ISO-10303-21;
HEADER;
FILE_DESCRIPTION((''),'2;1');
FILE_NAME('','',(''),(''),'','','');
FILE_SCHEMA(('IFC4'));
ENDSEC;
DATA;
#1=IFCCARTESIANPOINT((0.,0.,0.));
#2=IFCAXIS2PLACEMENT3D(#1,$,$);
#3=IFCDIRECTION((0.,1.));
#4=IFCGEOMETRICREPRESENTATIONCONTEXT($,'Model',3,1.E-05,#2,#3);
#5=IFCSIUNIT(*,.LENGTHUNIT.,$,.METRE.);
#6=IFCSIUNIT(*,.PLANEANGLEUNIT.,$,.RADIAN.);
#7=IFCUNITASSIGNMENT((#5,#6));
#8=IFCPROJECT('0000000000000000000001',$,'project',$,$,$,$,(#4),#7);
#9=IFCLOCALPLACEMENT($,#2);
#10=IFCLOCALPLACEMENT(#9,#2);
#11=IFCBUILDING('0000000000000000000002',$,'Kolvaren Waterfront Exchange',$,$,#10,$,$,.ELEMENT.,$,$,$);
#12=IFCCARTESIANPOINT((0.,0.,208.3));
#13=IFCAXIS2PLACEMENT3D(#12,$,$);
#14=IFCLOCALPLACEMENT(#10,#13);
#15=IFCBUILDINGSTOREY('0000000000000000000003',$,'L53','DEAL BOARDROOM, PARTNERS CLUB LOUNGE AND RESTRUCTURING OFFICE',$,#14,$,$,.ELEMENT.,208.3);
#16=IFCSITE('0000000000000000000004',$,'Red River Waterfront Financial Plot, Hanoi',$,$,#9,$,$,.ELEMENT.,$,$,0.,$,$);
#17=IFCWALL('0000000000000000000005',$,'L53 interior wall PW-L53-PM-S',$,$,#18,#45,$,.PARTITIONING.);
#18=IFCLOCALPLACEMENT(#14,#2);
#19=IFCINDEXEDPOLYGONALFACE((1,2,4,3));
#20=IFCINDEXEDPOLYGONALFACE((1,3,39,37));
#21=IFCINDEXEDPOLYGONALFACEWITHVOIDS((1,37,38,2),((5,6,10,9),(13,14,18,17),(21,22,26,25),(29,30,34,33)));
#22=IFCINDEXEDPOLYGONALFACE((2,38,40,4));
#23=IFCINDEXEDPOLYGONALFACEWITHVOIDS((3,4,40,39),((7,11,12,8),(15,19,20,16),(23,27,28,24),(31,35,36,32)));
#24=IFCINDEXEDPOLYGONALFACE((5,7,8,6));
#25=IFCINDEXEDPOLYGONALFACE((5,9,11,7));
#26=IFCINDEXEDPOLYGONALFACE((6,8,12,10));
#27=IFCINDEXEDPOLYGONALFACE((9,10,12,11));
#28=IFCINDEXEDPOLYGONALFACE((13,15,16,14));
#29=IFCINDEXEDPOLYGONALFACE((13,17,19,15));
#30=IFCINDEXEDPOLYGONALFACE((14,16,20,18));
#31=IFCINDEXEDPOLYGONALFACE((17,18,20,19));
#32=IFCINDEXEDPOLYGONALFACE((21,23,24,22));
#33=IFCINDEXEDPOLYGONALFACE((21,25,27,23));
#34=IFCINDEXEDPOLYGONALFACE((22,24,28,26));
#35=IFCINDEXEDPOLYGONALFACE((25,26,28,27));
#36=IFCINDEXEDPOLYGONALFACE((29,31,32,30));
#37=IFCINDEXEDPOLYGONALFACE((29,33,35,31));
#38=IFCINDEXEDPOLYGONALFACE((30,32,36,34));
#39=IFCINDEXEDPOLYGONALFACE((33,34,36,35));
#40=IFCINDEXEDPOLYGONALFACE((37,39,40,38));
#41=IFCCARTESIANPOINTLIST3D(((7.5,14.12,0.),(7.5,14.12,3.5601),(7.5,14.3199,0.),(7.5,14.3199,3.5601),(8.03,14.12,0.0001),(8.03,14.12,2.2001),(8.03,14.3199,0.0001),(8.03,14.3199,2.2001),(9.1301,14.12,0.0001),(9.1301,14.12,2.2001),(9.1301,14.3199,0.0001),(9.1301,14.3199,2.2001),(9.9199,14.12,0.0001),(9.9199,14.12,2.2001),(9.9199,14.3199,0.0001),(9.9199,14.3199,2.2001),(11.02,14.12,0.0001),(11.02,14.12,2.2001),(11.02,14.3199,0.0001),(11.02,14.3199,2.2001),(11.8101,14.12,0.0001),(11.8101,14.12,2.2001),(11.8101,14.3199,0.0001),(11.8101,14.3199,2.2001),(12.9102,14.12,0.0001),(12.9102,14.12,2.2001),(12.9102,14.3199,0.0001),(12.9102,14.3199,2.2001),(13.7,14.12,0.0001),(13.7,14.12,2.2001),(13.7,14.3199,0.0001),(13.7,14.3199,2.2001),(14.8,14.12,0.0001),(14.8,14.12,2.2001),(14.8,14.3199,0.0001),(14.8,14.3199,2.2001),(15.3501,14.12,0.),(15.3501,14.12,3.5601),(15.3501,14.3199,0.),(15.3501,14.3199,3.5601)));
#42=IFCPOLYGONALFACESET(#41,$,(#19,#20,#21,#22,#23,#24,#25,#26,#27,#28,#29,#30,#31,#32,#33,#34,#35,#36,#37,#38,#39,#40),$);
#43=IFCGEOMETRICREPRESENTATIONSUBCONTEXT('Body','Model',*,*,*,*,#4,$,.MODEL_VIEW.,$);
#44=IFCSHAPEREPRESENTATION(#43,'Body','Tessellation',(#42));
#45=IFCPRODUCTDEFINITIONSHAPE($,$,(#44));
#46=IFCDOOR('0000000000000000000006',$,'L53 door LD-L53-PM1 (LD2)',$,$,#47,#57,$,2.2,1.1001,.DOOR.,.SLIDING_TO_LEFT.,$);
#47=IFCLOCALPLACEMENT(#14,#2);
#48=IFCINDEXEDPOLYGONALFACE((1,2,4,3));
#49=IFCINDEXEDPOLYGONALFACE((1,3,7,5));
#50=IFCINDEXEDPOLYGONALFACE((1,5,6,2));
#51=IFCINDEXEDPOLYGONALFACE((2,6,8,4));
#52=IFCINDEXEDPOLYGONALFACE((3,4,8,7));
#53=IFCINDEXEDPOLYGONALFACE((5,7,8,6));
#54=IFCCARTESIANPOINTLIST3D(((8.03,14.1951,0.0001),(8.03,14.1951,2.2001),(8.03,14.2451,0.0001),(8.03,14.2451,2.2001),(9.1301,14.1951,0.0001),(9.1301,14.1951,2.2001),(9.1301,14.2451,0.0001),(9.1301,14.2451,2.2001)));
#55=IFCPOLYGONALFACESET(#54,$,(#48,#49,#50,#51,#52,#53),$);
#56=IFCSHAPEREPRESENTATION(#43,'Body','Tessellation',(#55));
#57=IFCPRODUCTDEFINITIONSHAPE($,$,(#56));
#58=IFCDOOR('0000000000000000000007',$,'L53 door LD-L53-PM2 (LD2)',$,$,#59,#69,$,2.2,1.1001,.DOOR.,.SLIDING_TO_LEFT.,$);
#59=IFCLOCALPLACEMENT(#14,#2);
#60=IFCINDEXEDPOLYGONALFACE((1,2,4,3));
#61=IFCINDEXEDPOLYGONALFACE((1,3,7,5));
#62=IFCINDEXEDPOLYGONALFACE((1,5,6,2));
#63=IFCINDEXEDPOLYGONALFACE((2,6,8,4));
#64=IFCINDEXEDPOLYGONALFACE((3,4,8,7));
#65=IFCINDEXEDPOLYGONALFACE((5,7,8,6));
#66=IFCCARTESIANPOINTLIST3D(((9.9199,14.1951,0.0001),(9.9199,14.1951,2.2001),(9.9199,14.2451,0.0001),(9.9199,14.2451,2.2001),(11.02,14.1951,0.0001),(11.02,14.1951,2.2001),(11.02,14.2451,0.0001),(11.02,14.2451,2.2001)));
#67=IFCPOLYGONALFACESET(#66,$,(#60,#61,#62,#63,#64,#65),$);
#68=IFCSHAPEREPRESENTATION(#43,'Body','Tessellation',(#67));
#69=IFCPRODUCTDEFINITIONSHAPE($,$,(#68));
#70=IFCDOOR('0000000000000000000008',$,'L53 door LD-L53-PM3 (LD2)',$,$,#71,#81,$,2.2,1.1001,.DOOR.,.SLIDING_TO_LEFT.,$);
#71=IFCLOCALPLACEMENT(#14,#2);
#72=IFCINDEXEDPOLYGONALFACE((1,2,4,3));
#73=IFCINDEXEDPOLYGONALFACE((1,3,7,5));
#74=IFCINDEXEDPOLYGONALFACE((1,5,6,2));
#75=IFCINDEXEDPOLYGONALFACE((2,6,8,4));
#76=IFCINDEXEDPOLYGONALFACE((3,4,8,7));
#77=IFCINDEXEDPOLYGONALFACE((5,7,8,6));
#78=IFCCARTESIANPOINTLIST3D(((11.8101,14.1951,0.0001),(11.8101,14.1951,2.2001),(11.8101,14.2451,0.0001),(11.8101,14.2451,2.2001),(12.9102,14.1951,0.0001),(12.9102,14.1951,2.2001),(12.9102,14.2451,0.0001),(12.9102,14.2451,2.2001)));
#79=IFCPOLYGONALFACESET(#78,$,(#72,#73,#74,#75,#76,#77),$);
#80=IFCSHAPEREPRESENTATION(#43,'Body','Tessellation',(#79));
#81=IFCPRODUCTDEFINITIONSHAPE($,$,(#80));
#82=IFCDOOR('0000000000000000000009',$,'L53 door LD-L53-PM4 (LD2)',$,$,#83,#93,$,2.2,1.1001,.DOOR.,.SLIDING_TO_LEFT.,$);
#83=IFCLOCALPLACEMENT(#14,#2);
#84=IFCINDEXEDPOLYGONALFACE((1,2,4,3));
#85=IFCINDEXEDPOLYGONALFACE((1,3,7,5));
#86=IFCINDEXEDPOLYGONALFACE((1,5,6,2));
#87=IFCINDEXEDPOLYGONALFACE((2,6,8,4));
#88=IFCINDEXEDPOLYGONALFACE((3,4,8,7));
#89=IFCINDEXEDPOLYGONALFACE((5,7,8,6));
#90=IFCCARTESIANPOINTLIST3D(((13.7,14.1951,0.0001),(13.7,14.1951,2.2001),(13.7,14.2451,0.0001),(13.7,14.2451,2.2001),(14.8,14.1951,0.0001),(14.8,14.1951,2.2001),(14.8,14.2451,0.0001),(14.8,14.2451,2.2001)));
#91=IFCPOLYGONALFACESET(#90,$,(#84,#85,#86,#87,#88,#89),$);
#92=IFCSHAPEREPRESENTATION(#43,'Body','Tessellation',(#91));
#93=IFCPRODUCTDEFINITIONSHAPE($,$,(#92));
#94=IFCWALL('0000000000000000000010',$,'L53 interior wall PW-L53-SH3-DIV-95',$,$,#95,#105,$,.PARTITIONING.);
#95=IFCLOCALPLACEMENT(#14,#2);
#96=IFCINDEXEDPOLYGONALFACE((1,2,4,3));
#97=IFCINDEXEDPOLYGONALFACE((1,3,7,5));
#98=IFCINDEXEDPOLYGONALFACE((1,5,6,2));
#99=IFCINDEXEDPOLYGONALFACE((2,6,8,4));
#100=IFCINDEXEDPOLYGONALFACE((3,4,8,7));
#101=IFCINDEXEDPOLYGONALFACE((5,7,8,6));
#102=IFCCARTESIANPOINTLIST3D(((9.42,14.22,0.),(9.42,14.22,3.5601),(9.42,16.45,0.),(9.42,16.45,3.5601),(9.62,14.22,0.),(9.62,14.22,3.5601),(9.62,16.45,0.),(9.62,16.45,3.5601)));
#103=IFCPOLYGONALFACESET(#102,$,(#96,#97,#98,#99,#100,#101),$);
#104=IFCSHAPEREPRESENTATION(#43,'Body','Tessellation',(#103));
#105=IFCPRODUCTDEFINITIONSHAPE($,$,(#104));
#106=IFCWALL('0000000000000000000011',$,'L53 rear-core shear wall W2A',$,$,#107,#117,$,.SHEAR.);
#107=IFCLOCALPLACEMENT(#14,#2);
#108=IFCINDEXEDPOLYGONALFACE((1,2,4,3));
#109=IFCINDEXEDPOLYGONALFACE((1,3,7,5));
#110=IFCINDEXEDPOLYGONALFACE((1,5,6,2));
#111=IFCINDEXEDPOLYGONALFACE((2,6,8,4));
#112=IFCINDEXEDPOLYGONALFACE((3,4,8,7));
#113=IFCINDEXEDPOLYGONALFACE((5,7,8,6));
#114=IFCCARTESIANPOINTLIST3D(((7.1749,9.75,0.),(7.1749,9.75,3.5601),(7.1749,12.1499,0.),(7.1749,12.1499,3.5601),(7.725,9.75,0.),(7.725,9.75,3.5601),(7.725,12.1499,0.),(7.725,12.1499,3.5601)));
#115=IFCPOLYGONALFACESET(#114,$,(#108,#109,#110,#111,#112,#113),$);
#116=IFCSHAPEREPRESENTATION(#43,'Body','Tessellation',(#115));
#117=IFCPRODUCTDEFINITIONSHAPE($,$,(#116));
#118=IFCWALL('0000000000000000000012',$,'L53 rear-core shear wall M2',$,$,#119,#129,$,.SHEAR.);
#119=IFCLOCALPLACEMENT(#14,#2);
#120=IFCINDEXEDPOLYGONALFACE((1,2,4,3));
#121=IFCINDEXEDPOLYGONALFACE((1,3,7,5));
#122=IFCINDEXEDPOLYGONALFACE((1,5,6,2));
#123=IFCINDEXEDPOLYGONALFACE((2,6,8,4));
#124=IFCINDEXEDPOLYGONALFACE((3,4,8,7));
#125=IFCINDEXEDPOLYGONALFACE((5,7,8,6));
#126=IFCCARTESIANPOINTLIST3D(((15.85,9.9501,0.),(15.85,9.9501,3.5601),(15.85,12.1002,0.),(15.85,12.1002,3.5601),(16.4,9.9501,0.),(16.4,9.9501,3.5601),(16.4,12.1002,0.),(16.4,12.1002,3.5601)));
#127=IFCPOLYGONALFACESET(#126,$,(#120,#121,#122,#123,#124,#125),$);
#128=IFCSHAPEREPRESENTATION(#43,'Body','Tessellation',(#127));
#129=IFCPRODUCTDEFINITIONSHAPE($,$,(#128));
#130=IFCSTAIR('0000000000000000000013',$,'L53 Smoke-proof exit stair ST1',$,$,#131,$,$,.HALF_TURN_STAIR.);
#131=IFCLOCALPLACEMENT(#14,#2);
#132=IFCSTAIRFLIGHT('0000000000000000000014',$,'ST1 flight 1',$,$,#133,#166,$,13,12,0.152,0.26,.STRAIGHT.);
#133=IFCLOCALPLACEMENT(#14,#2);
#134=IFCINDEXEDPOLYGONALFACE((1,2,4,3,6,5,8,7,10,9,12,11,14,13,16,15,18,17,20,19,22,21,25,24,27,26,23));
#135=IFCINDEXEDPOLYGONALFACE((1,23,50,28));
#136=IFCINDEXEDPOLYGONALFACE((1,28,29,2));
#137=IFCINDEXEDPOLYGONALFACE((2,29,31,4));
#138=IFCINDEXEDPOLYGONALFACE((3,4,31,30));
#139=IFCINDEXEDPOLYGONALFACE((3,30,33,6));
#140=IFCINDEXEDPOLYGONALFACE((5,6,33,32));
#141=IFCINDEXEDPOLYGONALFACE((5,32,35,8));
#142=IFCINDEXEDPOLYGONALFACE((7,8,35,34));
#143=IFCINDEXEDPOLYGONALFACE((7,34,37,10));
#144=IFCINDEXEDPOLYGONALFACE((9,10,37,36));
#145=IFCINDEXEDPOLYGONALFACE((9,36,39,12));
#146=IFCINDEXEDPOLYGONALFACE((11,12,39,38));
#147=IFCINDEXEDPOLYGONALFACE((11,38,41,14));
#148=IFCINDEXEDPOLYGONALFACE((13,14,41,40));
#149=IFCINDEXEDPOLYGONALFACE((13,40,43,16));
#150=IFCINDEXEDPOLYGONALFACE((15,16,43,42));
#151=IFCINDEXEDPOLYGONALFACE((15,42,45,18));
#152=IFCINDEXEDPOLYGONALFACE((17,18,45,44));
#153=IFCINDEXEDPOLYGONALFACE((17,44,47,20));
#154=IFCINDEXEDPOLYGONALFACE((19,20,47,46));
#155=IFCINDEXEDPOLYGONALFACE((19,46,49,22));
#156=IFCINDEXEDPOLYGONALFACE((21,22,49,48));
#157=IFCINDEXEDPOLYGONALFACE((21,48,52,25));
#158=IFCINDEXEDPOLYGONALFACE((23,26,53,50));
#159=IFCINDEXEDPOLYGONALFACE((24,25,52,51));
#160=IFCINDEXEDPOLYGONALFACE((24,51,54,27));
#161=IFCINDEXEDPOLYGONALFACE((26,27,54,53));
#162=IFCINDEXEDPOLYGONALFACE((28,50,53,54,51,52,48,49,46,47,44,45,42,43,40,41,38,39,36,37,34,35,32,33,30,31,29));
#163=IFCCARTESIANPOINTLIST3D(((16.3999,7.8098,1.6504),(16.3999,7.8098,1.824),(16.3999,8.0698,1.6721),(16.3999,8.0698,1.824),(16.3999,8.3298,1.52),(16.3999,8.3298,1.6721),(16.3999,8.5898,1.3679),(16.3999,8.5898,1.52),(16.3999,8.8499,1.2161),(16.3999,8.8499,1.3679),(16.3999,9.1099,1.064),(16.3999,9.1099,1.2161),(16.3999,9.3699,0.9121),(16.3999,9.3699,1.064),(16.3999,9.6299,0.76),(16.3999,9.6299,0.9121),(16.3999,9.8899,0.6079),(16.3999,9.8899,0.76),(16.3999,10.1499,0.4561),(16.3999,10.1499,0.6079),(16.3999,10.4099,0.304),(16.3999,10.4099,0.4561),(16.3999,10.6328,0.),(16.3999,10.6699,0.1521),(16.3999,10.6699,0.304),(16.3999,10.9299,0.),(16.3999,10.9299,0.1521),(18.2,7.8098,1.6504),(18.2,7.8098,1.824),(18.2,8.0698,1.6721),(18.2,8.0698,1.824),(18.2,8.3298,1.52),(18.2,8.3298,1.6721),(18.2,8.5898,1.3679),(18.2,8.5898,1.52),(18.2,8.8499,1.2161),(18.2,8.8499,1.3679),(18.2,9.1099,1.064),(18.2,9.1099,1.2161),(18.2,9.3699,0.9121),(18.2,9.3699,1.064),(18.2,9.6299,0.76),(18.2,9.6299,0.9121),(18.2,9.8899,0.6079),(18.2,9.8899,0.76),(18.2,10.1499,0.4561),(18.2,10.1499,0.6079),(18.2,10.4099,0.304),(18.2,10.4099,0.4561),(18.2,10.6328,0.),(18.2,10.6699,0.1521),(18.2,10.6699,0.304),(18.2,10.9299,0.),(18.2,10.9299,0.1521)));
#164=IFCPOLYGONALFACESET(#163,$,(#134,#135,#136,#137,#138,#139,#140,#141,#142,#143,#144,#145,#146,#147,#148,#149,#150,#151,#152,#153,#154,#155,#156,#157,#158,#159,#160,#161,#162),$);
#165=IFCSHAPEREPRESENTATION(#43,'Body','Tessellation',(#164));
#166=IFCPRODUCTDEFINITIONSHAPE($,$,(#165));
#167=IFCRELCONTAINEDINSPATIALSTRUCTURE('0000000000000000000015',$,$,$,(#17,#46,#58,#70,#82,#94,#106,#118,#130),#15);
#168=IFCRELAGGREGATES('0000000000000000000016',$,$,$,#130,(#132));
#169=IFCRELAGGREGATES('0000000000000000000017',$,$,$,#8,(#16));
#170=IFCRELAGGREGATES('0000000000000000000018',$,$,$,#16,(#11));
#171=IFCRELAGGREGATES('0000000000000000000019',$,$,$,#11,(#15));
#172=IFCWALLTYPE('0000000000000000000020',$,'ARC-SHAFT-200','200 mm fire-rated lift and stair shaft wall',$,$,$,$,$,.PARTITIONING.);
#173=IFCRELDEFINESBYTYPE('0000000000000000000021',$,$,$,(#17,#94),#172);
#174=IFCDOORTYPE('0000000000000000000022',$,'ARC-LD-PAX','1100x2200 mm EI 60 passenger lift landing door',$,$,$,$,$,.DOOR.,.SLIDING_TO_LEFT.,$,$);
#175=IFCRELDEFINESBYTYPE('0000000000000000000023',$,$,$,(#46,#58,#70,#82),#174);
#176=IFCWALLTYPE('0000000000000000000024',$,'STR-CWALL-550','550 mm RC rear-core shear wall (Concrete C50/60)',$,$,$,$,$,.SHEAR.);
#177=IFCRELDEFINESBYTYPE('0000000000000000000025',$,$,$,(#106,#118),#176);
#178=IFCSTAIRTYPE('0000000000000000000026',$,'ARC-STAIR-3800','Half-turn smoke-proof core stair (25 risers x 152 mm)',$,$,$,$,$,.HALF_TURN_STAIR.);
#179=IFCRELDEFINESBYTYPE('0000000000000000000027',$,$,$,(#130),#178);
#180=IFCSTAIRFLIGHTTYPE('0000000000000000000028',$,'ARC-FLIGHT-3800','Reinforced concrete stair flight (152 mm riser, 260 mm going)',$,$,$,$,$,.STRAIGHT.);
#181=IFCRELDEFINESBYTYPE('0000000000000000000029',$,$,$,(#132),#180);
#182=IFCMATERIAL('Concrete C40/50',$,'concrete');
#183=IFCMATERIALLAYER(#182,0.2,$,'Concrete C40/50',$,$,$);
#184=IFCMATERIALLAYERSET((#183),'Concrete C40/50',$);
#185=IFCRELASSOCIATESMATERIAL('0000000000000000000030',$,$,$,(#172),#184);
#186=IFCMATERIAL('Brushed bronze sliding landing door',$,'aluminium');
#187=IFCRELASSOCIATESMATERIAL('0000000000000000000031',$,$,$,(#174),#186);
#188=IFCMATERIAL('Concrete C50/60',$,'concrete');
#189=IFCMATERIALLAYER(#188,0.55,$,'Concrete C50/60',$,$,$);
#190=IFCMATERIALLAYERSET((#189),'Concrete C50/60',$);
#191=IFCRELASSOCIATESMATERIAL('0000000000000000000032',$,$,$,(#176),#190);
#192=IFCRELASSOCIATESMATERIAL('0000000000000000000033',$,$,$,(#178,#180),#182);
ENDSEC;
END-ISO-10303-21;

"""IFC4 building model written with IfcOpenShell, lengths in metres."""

from ifc_helpers import new_model, si_unit, direction, frame, frame_2d, origin, place, context, subcontext, project, spatial, polyline, rectangle, outline, extrude, material, layer, layer_set, type_object, element, fill, aggregate, save


model = new_model("IFC4")

# Units and contexts
model_context = context("Model", 3, precision=1e-05, world=origin(), true_north=direction((0.0, 1.0)))
body_context = subcontext(model_context, "Body", "Model", "MODEL_VIEW")
ifc_project = project(units=[si_unit("LENGTHUNIT", "METRE"), si_unit("PLANEANGLEUNIT", "RADIAN")], contexts=[model_context])

# Site, building, storey
site_placement = place(None, origin())
site = spatial("IfcSite", under=ifc_project, at=site_placement, Name="Red River Waterfront Financial Plot, Hanoi", CompositionType="ELEMENT", RefElevation=0.0)
building_placement = place(site_placement, origin())
building = spatial("IfcBuilding", under=site, at=building_placement, Name="Kolvaren Waterfront Exchange", CompositionType="ELEMENT")
storey_placement = place(building_placement, frame((0.0, 0.0, 208.3)))
storey = spatial("IfcBuildingStorey", under=building, at=storey_placement, Name="L53", Description="DEAL BOARDROOM, PARTNERS CLUB LOUNGE AND RESTRUCTURING OFFICE", CompositionType="ELEMENT", Elevation=208.3)

# Wall, openings, doors
ifc_material_1 = material(Name="Concrete C40/50", Category="concrete")
ifc_layer_1 = layer(ifc_material_1, 0.2, Name="Concrete C40/50")
ifc_layer_set_1 = layer_set([ifc_layer_1], Name="Concrete C40/50")
wall_type_1 = type_object("IfcWallType", Name="ARC-SHAFT-200", Description="200 mm fire-rated lift and stair shaft wall", PredefinedType="PARTITIONING", material=ifc_layer_set_1)
wall_1_placement = place(storey_placement, frame((7.5, 14.22, 0.0), z_axis=(0.0, 0.0, 1.0), x_axis=(1.0, 0.0, 0.0)))
wall_1 = element("IfcWall", 1, at=wall_1_placement, inside=storey, type_object=wall_type_1, Name="L53 interior wall PW-L53-PM-S", PredefinedType="PARTITIONING", context=body_context, shape_type="SweptSolid", body=[
    extrude(rectangle(XDim=7.8501, YDim=0.2, at=frame_2d((3.925, 0.0))), origin(), (0.0, 0.0, 1.0), 3.5601),
])
opening_1_placement = place(wall_1_placement, frame((0.53, 0.0, 0.0)))
opening_1 = element("IfcOpeningElement", 2, at=opening_1_placement, cuts=wall_1, PredefinedType="OPENING", context=body_context, shape_type="SweptSolid", body=[
    extrude(rectangle(XDim=1.1001, YDim=2.2, at=frame_2d((0.55, 1.1001))), frame((0.0, 0.1099, 0.0), z_axis=(0.0, -1.0, 0.0), x_axis=(1.0, 0.0, 0.0)), (0.0, 0.0, 1.0), 0.22),
])
opening_2_placement = place(wall_1_placement, frame((2.4199, 0.0, 0.0)))
opening_2 = element("IfcOpeningElement", 3, at=opening_2_placement, cuts=wall_1, PredefinedType="OPENING", context=body_context, shape_type="SweptSolid", body=[
    extrude(rectangle(XDim=1.1001, YDim=2.2, at=frame_2d((0.55, 1.1001))), frame((0.0, 0.1099, 0.0), z_axis=(0.0, -1.0, 0.0), x_axis=(1.0, 0.0, 0.0)), (0.0, 0.0, 1.0), 0.22),
])
opening_3_placement = place(wall_1_placement, frame((4.3101, 0.0, 0.0)))
opening_3 = element("IfcOpeningElement", 4, at=opening_3_placement, cuts=wall_1, PredefinedType="OPENING", context=body_context, shape_type="SweptSolid", body=[
    extrude(rectangle(XDim=1.1001, YDim=2.2, at=frame_2d((0.55, 1.1001))), frame((0.0, 0.1099, 0.0), z_axis=(0.0, -1.0, 0.0), x_axis=(1.0, 0.0, 0.0)), (0.0, 0.0, 1.0), 0.22),
])
opening_4_placement = place(wall_1_placement, frame((6.2, 0.0, 0.0)))
opening_4 = element("IfcOpeningElement", 5, at=opening_4_placement, cuts=wall_1, PredefinedType="OPENING", context=body_context, shape_type="SweptSolid", body=[
    extrude(rectangle(XDim=1.1001, YDim=2.2, at=frame_2d((0.55, 1.1001))), frame((0.0, 0.1099, 0.0), z_axis=(0.0, -1.0, 0.0), x_axis=(1.0, 0.0, 0.0)), (0.0, 0.0, 1.0), 0.22),
])
ifc_material_2 = material(Name="Brushed bronze sliding landing door", Category="aluminium")
door_type_1 = type_object("IfcDoorType", Name="ARC-LD-PAX", Description="1100x2200 mm EI 60 passenger lift landing door", OperationType="SLIDING_TO_LEFT", PredefinedType="DOOR", material=ifc_material_2)
door_1_placement = place(opening_1_placement, frame((1.1001, 0.0, 0.0), z_axis=(0.0, 0.0, 1.0), x_axis=(-1.0, 0.0, 0.0)))
door_1 = element("IfcDoor", 6, at=door_1_placement, inside=storey, type_object=door_type_1, Name="L53 door LD-L53-PM1 (LD2)", OperationType="SLIDING_TO_LEFT", OverallHeight=2.2, OverallWidth=1.1001, PredefinedType="DOOR", context=body_context, shape_type="SweptSolid", body=[
    extrude(rectangle(XDim=1.1001, YDim=2.2, at=frame_2d((0.55, 1.1001))), frame((0.0, 0.0249, 0.0), z_axis=(0.0, -1.0, 0.0), x_axis=(1.0, 0.0, 0.0)), (0.0, 0.0, 1.0), 0.05),
])
fill(opening_1, door_1)
door_2_placement = place(opening_2_placement, frame((1.1001, 0.0, 0.0), z_axis=(0.0, 0.0, 1.0), x_axis=(-1.0, 0.0, 0.0)))
door_2 = element("IfcDoor", 7, at=door_2_placement, inside=storey, type_object=door_type_1, Name="L53 door LD-L53-PM2 (LD2)", OperationType="SLIDING_TO_LEFT", OverallHeight=2.2, OverallWidth=1.1001, PredefinedType="DOOR", context=body_context, shape_type="SweptSolid", body=[
    extrude(rectangle(XDim=1.1001, YDim=2.2, at=frame_2d((0.55, 1.1001))), frame((0.0, 0.0249, 0.0), z_axis=(0.0, -1.0, 0.0), x_axis=(1.0, 0.0, 0.0)), (0.0, 0.0, 1.0), 0.05),
])
fill(opening_2, door_2)
door_3_placement = place(opening_3_placement, frame((1.1001, 0.0, 0.0), z_axis=(0.0, 0.0, 1.0), x_axis=(-1.0, 0.0, 0.0)))
door_3 = element("IfcDoor", 8, at=door_3_placement, inside=storey, type_object=door_type_1, Name="L53 door LD-L53-PM3 (LD2)", OperationType="SLIDING_TO_LEFT", OverallHeight=2.2, OverallWidth=1.1001, PredefinedType="DOOR", context=body_context, shape_type="SweptSolid", body=[
    extrude(rectangle(XDim=1.1001, YDim=2.2, at=frame_2d((0.55, 1.1001))), frame((0.0, 0.0249, 0.0), z_axis=(0.0, -1.0, 0.0), x_axis=(1.0, 0.0, 0.0)), (0.0, 0.0, 1.0), 0.05),
])
fill(opening_3, door_3)
door_4_placement = place(opening_4_placement, frame((1.1001, 0.0, 0.0), z_axis=(0.0, 0.0, 1.0), x_axis=(-1.0, 0.0, 0.0)))
door_4 = element("IfcDoor", 9, at=door_4_placement, inside=storey, type_object=door_type_1, Name="L53 door LD-L53-PM4 (LD2)", OperationType="SLIDING_TO_LEFT", OverallHeight=2.2, OverallWidth=1.1001, PredefinedType="DOOR", context=body_context, shape_type="SweptSolid", body=[
    extrude(rectangle(XDim=1.1001, YDim=2.2, at=frame_2d((0.55, 1.1001))), frame((0.0, 0.0249, 0.0), z_axis=(0.0, -1.0, 0.0), x_axis=(1.0, 0.0, 0.0)), (0.0, 0.0, 1.0), 0.05),
])
fill(opening_4, door_4)

# Walls
wall_2_placement = place(storey_placement, frame((9.52, 14.22, 0.0), z_axis=(0.0, 0.0, 1.0), x_axis=(0.0, 1.0, 0.0)))
element("IfcWall", 10, at=wall_2_placement, inside=storey, type_object=wall_type_1, Name="L53 interior wall PW-L53-SH3-DIV-95", PredefinedType="PARTITIONING", context=body_context, shape_type="SweptSolid", body=[
    extrude(rectangle(XDim=2.23, YDim=0.2, at=frame_2d((1.115, 0.0))), origin(), (0.0, 0.0, 1.0), 3.5601),
])
ifc_material_3 = material(Name="Concrete C50/60", Category="concrete")
ifc_layer_2 = layer(ifc_material_3, 0.55, Name="Concrete C50/60")
ifc_layer_set_2 = layer_set([ifc_layer_2], Name="Concrete C50/60")
wall_type_2 = type_object("IfcWallType", Name="STR-CWALL-550", Description="550 mm RC rear-core shear wall (Concrete C50/60)", PredefinedType="SHEAR", material=ifc_layer_set_2)
wall_3_placement = place(storey_placement, frame((7.45, 9.75, 0.0), z_axis=(0.0, 0.0, 1.0), x_axis=(0.0, 1.0, 0.0)))
element("IfcWall", 11, at=wall_3_placement, inside=storey, type_object=wall_type_2, Name="L53 rear-core shear wall W2A", PredefinedType="SHEAR", context=body_context, shape_type="SweptSolid", body=[
    extrude(rectangle(XDim=2.3999, YDim=0.55, at=frame_2d((1.2, 0.0))), origin(), (0.0, 0.0, 1.0), 3.5601),
])
wall_4_placement = place(storey_placement, frame((16.125, 9.95, 0.0), z_axis=(0.0, 0.0, 1.0), x_axis=(0.0, 1.0, 0.0)))
element("IfcWall", 12, at=wall_4_placement, inside=storey, type_object=wall_type_2, Name="L53 rear-core shear wall M2", PredefinedType="SHEAR", context=body_context, shape_type="SweptSolid", body=[
    extrude(rectangle(XDim=2.1501, YDim=0.55, at=frame_2d((1.0752, 0.0))), origin(), (0.0, 0.0, 1.0), 3.5601),
])

# Stair, stair flight
stair_type = type_object("IfcStairType", Name="ARC-STAIR-3800", Description="Half-turn smoke-proof core stair (25 risers x 152 mm)", PredefinedType="HALF_TURN_STAIR", material=ifc_material_1)
stair_placement = place(storey_placement, origin())
stair = element("IfcStair", 13, at=stair_placement, inside=storey, type_object=stair_type, Name="L53 Smoke-proof exit stair ST1", PredefinedType="HALF_TURN_STAIR")
stair_flight_type = type_object("IfcStairFlightType", Name="ARC-FLIGHT-3800", Description="Reinforced concrete stair flight (152 mm riser, 260 mm going)", PredefinedType="STRAIGHT", material=ifc_material_1)
stair_flight_placement = place(storey_placement, frame((17.3, 10.9299, 0.0), z_axis=(0.0, 0.0, 1.0), x_axis=(0.0, -1.0, 0.0)))
stair_flight = element("IfcStairFlight", 14, at=stair_flight_placement, type_object=stair_flight_type, Name="ST1 flight 1", NumberOfRisers=13, NumberOfTreads=12, PredefinedType="STRAIGHT", RiserHeight=0.152, TreadLength=0.26, context=body_context, shape_type="SweptSolid", body=[
    extrude(outline(polyline([(0.0, 0.0), (0.0, 0.1521), (0.26, 0.1521), (0.26, 0.304), (0.52, 0.304), (0.52, 0.4561), (0.78, 0.4561), (0.78, 0.6079), (1.04, 0.6079), (1.04, 0.76), (1.3, 0.76), (1.3, 0.9121), (1.5601, 0.9121), (1.5601, 1.064), (1.8201, 1.064), (1.8201, 1.2161), (2.0801, 1.2161), (2.0801, 1.3679), (2.3401, 1.3679), (2.3401, 1.52), (2.6001, 1.52), (2.6001, 1.6721), (2.8601, 1.6721), (2.8601, 1.824), (3.1201, 1.824), (3.1201, 1.9761), (3.1201, 1.6504), (0.2971, 0.0), (0.0, 0.0)])), frame((0.0, 0.8999, 0.0), z_axis=(0.0, -1.0, 0.0), x_axis=(1.0, 0.0, 0.0)), (0.0, 0.0, 1.0), 1.8),
])
aggregate(stair, [stair_flight])

save(model, "model.ifc")
